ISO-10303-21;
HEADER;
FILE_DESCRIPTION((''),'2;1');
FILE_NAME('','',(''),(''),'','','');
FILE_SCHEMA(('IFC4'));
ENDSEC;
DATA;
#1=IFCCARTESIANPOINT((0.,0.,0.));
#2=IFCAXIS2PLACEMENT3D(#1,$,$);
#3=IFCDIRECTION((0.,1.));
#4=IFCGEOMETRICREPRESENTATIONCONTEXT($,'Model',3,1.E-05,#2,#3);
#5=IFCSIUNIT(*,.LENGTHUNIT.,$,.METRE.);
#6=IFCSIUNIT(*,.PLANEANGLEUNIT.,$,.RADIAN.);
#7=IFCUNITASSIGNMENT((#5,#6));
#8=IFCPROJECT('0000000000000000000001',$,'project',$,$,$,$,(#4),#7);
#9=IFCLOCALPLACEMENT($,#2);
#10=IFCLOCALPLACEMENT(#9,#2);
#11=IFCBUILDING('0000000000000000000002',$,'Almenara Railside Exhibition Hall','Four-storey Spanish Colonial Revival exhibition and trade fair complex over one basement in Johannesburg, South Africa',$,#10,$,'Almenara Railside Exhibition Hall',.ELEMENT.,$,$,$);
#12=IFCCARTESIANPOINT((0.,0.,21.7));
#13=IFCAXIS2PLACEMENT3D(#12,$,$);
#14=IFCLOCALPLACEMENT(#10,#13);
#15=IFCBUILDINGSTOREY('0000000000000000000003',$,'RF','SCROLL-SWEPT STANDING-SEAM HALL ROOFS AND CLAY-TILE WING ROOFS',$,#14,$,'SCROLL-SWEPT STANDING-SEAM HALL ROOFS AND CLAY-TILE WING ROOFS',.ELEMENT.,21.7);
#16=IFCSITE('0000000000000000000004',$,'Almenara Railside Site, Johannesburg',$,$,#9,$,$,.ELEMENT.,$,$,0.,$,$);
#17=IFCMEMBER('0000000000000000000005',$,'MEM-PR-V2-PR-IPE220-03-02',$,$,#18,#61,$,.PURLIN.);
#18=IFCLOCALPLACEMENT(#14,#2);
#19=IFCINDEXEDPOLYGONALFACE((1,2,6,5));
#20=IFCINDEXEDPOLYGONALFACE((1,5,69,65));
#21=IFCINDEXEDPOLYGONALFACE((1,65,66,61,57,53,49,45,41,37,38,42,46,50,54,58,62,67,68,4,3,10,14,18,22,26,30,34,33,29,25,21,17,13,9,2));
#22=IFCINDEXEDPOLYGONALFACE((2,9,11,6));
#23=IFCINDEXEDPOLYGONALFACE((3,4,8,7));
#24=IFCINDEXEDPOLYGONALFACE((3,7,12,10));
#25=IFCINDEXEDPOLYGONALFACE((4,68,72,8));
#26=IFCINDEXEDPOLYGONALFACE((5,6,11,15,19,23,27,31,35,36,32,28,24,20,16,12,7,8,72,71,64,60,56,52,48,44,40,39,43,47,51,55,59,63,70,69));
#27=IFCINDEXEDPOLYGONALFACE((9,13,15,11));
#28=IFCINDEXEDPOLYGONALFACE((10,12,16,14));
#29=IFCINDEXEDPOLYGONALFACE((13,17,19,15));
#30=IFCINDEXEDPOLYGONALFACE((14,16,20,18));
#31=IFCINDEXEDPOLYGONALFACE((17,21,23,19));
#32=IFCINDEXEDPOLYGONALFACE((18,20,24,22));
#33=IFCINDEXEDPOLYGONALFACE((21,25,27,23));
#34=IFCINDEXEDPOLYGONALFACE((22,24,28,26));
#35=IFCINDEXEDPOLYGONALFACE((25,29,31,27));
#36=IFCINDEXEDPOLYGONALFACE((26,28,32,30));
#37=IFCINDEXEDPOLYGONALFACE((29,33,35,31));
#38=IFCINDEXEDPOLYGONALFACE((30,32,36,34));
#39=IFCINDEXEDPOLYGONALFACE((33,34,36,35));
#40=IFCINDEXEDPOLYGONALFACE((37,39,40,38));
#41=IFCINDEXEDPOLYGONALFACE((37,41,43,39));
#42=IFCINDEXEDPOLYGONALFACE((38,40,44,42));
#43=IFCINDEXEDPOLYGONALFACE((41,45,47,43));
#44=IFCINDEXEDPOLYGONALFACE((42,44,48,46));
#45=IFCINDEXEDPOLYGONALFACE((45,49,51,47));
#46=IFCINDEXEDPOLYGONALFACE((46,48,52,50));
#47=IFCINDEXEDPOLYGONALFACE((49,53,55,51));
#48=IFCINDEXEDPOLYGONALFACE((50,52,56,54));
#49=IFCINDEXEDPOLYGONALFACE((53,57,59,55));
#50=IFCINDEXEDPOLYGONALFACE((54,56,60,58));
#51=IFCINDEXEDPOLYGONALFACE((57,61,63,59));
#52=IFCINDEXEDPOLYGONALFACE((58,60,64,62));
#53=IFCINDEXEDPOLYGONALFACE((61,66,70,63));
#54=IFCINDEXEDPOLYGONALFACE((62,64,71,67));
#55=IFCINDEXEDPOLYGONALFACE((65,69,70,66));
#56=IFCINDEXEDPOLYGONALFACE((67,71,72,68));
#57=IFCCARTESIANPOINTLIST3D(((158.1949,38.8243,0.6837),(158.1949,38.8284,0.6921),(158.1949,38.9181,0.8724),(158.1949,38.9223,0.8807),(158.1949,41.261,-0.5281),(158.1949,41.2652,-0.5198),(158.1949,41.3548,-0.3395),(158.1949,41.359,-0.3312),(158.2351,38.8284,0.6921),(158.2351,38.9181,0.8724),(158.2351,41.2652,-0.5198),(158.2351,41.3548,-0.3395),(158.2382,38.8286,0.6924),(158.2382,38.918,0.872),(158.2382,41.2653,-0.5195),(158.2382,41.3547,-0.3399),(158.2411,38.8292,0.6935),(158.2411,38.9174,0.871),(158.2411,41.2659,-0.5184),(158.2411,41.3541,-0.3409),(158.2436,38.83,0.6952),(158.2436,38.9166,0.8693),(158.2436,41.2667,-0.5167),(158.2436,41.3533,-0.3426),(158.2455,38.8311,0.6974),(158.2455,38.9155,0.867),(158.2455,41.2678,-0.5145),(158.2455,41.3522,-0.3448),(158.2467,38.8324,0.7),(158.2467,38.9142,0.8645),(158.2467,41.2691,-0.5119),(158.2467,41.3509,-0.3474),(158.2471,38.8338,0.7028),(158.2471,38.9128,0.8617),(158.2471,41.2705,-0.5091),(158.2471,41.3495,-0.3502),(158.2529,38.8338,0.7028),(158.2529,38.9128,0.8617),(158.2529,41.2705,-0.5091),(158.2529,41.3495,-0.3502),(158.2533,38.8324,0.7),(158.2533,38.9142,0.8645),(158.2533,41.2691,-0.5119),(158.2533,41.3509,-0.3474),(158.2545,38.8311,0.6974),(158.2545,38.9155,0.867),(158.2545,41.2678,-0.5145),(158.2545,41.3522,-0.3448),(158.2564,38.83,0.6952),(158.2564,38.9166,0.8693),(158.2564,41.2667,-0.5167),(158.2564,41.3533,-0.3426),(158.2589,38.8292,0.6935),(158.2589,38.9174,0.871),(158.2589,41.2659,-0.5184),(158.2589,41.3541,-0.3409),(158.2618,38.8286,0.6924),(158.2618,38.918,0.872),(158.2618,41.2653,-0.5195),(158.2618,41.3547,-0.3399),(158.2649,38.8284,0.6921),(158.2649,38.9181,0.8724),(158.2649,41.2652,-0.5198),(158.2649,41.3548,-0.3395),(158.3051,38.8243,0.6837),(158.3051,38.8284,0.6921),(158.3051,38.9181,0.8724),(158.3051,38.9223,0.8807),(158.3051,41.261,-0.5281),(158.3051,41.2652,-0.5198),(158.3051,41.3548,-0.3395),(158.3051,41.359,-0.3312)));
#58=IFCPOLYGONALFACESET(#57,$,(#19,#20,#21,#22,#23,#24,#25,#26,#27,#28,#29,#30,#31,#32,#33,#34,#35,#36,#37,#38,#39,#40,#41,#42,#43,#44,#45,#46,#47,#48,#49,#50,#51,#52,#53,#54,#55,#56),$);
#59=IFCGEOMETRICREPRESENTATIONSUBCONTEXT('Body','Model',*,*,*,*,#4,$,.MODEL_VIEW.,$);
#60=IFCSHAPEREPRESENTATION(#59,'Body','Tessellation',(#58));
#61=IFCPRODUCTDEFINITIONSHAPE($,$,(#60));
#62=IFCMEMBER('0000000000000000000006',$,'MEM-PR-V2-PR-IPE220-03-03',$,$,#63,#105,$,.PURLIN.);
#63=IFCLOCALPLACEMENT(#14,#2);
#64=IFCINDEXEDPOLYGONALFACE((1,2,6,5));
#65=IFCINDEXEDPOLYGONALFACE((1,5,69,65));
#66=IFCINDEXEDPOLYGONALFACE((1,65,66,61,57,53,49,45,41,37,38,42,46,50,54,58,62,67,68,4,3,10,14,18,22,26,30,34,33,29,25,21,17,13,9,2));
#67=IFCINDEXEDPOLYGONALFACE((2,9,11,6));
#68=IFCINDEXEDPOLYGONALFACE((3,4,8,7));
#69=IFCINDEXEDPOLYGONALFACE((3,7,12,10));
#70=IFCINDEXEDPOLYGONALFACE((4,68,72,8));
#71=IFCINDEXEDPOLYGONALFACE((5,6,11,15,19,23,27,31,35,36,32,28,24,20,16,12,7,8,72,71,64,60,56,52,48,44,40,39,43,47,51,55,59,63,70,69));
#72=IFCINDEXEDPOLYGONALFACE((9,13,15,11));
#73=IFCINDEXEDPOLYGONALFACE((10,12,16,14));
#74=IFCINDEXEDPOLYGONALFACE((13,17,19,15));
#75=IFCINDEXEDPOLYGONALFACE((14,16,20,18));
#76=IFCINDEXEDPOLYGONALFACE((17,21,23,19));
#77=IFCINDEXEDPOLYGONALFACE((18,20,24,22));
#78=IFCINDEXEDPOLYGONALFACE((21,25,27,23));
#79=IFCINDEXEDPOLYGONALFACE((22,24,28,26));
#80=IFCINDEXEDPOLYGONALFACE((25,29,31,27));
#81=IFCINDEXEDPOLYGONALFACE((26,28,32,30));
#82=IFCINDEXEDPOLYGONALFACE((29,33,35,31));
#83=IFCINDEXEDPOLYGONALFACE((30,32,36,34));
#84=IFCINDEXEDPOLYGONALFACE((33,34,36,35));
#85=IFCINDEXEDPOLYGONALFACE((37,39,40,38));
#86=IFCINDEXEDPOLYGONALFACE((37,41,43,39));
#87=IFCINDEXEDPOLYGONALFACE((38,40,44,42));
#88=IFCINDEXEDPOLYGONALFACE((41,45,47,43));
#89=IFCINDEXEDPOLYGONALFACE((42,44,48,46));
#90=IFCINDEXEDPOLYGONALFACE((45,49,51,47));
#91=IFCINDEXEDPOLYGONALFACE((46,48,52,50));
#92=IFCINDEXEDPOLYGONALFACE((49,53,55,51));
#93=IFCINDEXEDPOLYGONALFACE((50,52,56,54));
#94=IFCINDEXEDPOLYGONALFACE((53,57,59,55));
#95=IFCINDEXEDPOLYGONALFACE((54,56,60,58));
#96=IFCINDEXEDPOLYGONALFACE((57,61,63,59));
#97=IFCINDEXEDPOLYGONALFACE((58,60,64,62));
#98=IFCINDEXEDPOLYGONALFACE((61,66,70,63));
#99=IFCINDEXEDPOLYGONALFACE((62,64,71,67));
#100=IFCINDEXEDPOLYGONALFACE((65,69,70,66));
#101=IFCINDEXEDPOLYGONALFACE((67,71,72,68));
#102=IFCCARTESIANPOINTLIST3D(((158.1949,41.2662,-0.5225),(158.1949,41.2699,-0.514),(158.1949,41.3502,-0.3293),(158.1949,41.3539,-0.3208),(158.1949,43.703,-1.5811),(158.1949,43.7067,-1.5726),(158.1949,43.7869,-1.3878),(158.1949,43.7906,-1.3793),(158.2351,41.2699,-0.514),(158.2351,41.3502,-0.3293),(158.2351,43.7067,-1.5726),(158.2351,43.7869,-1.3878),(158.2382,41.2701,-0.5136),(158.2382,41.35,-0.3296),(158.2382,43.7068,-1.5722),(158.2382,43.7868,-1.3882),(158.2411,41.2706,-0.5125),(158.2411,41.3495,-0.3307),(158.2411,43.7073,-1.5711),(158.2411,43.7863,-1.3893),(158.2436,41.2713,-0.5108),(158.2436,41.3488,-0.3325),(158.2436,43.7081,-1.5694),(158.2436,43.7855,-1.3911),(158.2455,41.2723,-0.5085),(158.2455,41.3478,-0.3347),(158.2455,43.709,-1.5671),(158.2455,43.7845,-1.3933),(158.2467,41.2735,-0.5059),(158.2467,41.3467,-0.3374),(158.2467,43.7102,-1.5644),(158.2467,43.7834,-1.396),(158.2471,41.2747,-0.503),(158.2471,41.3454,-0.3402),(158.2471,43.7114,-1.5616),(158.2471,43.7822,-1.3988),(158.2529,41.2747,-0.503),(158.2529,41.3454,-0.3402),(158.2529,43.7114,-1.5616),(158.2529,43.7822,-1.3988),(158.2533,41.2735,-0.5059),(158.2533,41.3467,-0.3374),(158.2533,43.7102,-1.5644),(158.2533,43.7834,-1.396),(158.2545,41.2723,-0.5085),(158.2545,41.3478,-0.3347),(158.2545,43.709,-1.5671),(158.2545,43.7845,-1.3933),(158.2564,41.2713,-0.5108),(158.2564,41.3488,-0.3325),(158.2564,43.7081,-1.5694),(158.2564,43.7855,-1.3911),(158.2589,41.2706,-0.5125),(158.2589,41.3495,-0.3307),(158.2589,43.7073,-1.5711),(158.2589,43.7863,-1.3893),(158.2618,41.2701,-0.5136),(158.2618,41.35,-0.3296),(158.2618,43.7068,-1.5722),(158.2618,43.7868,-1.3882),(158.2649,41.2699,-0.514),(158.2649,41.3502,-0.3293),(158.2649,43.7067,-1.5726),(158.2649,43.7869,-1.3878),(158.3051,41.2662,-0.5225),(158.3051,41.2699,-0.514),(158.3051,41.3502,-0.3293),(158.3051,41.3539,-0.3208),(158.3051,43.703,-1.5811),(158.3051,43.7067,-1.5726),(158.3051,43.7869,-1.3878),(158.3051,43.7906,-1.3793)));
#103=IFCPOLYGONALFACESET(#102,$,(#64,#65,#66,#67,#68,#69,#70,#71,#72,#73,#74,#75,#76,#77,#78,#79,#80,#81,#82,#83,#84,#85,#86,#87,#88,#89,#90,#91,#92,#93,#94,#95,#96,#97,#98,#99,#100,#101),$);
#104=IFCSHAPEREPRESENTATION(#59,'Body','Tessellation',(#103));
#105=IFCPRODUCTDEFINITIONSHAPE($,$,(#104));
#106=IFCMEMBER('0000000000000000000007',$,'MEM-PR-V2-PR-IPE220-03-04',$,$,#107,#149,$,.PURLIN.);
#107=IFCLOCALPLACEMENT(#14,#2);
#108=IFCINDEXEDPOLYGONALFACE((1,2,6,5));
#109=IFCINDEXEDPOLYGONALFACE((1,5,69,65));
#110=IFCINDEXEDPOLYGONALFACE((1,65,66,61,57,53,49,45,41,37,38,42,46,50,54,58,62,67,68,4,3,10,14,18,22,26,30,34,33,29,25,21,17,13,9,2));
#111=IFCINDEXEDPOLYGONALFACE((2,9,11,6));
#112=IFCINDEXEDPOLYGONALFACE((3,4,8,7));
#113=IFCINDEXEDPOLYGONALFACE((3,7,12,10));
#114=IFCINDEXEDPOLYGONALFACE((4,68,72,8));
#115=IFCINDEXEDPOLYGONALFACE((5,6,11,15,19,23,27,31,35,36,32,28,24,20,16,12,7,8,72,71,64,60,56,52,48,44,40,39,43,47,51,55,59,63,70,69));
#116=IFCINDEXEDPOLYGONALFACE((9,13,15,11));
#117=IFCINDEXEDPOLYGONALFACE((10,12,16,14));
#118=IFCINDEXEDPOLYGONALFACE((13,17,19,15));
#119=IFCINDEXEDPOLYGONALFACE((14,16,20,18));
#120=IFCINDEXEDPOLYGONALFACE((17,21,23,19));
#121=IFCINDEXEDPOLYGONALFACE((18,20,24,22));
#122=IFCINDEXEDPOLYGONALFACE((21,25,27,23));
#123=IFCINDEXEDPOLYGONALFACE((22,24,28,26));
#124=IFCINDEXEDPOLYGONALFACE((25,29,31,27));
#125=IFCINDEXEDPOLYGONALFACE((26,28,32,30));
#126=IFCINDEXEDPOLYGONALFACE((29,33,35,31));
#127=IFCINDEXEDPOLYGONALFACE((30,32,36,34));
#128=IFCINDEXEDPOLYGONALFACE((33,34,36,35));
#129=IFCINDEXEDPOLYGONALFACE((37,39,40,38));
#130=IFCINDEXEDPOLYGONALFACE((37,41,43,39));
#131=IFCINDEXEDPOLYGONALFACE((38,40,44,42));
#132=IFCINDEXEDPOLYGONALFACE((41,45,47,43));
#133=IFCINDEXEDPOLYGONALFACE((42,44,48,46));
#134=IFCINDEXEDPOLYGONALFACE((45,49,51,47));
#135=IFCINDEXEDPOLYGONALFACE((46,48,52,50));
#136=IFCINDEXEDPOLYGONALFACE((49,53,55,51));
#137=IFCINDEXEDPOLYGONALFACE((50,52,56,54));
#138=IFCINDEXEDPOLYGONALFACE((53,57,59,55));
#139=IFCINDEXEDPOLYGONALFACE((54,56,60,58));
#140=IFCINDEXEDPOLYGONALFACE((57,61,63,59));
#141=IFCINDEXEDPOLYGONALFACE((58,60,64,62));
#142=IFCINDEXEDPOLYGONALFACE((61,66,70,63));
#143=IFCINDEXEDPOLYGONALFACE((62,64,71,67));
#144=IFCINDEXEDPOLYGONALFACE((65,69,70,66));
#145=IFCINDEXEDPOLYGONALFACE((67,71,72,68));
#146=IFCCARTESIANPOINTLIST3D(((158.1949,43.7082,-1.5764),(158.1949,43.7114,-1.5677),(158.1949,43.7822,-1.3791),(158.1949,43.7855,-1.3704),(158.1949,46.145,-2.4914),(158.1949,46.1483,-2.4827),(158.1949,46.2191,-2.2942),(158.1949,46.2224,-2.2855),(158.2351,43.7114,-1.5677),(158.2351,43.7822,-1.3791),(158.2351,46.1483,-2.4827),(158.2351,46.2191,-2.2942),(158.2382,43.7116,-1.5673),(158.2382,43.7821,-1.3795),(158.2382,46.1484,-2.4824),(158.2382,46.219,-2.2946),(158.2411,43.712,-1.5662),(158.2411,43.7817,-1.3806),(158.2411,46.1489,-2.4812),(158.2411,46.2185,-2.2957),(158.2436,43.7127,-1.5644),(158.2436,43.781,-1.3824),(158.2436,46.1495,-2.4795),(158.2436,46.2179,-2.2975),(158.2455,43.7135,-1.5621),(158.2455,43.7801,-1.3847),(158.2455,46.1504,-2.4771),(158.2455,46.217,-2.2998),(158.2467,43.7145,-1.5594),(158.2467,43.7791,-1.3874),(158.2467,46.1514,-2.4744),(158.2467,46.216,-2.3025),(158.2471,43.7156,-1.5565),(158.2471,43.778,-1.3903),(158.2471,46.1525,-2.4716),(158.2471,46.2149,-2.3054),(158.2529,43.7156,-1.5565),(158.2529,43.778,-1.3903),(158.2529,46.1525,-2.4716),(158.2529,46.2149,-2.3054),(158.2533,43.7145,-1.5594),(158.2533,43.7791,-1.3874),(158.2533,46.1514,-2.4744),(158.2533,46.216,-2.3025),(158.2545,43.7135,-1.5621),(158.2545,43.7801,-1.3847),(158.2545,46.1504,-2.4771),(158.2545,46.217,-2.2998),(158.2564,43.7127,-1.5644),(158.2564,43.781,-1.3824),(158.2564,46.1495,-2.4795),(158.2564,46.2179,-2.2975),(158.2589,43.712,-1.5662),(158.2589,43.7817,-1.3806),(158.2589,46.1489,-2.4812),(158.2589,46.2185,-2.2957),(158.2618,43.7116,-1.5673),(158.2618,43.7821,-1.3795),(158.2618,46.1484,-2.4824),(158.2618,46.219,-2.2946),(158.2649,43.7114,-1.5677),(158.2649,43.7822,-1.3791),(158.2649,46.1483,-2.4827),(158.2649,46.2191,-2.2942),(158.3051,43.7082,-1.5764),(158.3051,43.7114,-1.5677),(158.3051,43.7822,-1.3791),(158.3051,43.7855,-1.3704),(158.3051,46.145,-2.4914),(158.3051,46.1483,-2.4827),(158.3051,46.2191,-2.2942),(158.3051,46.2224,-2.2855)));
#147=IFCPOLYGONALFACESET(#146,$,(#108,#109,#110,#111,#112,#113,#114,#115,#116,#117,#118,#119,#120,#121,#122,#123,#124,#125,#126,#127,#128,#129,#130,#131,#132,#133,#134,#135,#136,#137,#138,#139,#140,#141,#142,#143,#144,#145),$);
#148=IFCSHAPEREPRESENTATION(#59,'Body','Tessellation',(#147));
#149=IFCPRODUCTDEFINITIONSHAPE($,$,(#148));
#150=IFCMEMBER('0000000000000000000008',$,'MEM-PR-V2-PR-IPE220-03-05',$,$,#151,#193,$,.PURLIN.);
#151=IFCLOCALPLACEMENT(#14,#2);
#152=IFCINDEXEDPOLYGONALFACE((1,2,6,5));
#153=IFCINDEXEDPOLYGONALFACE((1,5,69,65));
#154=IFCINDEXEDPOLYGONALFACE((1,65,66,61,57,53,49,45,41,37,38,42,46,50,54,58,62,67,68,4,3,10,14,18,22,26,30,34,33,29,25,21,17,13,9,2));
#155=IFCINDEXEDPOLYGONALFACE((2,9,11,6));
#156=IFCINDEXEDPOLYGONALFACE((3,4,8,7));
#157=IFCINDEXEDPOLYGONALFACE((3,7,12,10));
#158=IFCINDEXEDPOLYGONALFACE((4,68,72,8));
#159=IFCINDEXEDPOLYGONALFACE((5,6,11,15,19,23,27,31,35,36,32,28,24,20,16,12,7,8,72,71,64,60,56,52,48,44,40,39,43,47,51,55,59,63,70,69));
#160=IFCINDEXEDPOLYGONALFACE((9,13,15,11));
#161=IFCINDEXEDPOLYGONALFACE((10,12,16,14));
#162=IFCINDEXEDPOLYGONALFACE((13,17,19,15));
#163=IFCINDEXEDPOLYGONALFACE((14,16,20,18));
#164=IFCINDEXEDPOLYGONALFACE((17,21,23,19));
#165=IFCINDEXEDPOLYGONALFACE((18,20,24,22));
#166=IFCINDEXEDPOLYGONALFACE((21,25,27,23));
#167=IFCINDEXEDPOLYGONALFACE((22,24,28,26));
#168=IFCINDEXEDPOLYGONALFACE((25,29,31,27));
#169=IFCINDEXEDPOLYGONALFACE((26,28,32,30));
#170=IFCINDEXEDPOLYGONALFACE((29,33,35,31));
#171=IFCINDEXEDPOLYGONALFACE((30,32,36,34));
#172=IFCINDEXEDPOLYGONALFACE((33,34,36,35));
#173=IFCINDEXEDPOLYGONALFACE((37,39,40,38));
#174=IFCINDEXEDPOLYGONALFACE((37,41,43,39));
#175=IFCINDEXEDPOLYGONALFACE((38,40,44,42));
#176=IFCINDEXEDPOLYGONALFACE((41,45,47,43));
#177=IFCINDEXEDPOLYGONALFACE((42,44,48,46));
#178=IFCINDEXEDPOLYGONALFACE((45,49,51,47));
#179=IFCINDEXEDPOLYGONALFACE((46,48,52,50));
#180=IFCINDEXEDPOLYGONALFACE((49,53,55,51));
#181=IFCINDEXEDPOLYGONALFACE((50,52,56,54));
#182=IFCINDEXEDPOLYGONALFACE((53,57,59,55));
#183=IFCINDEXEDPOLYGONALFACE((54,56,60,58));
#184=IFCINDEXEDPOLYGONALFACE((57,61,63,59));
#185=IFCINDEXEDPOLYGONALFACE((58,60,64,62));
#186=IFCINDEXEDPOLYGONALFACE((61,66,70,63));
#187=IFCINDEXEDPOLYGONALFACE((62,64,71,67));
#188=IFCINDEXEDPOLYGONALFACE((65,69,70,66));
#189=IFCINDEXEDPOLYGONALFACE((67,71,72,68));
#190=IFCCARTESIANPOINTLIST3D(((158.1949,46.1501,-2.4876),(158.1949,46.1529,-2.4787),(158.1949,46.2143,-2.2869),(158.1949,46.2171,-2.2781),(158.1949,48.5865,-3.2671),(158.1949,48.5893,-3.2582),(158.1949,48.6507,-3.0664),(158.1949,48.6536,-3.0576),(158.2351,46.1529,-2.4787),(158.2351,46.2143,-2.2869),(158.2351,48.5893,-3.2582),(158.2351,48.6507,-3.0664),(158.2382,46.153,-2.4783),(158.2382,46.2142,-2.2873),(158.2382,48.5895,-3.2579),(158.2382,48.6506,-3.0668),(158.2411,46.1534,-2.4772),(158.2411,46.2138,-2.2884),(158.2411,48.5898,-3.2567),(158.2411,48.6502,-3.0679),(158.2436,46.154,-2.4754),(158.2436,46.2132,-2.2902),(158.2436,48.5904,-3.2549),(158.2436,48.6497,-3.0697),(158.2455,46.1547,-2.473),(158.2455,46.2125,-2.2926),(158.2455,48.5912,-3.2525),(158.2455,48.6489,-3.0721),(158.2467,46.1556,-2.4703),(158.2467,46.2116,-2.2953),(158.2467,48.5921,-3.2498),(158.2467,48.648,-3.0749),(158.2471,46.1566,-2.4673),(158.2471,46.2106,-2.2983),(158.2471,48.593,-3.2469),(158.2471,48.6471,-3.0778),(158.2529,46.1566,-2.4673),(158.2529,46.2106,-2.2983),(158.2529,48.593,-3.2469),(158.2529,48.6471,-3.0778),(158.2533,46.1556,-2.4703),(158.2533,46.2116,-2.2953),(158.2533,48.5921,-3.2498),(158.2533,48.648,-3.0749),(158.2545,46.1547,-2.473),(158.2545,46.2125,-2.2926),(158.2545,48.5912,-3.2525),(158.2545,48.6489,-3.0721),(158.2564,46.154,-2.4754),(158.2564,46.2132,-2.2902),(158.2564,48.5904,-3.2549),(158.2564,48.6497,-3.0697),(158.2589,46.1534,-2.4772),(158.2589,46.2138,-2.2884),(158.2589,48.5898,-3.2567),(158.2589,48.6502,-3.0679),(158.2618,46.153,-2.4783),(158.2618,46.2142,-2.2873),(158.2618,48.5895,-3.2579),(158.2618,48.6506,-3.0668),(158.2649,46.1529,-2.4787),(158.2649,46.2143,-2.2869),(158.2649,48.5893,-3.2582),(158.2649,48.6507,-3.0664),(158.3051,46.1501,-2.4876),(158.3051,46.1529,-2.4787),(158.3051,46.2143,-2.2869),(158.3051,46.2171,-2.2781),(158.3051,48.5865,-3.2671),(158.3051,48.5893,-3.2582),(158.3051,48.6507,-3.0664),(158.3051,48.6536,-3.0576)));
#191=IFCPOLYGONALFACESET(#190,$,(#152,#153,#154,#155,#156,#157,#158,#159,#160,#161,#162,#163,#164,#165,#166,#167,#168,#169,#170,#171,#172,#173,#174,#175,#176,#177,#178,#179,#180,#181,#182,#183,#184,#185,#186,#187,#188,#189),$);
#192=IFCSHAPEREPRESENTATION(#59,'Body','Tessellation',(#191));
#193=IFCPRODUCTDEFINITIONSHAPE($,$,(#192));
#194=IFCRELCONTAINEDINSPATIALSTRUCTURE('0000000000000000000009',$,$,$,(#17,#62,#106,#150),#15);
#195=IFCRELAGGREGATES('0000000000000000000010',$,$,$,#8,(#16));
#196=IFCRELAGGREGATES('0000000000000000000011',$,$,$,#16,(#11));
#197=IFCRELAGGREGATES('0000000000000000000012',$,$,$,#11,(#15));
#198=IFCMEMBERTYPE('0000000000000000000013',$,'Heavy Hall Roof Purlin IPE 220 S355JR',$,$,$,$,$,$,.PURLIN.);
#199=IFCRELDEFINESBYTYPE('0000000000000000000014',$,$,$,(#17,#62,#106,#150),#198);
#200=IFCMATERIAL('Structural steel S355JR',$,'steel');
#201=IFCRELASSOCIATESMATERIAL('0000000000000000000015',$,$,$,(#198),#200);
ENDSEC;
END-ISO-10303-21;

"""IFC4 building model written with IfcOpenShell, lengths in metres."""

from ifc_helpers import new_model, si_unit, direction, frame, origin, origin_2d, place, context, subcontext, project, spatial, i_section, extrude, material, material_profile, profile_set, type_object, element, save


model = new_model("IFC4")

# Units and contexts
model_context = context("Model", 3, precision=1e-05, world=origin(), true_north=direction((0.0, 1.0)))
body_context = subcontext(model_context, "Body", "Model", "MODEL_VIEW")
ifc_project = project(units=[si_unit("LENGTHUNIT", "METRE"), si_unit("PLANEANGLEUNIT", "RADIAN")], contexts=[model_context])

# Site, building, storey
site_placement = place(None, origin())
site = spatial("IfcSite", under=ifc_project, at=site_placement, Name="Almenara Railside Site, Johannesburg", CompositionType="ELEMENT", RefElevation=0.0)
building_placement = place(site_placement, origin())
building = spatial("IfcBuilding", under=site, at=building_placement, Name="Almenara Railside Exhibition Hall", Description="Four-storey Spanish Colonial Revival exhibition and trade fair complex over one basement in Johannesburg, South Africa", LongName="Almenara Railside Exhibition Hall", CompositionType="ELEMENT")
storey_placement = place(building_placement, frame((0.0, 0.0, 21.7)))
storey = spatial("IfcBuildingStorey", under=building, at=storey_placement, Name="RF", Description="SCROLL-SWEPT STANDING-SEAM HALL ROOFS AND CLAY-TILE WING ROOFS", LongName="SCROLL-SWEPT STANDING-SEAM HALL ROOFS AND CLAY-TILE WING ROOFS", CompositionType="ELEMENT", Elevation=21.7)

# Members
ifc_material_1 = material(Name="Structural steel S355JR", Category="steel")
ifc_material_profile_1 = material_profile(ifc_material_1, i_section(OverallWidth=0.1101, OverallDepth=0.22, WebThickness=0.0059, FlangeThickness=0.0093, FilletRadius=0.012, at=origin_2d()), Name="IPE 220")
ifc_profile_set_1 = profile_set([ifc_material_profile_1], Name="Structural steel S355JR")
member_type_1 = type_object("IfcMemberType", Name="Heavy Hall Roof Purlin IPE 220 S355JR", PredefinedType="PURLIN", material=ifc_profile_set_1)
member_1_placement = place(storey_placement, frame((158.25, 38.8733, 0.7822), z_axis=(0.0, 0.895376, -0.445311), x_axis=(-1.0, 0.0, 0.0)))
element("IfcMember", 1, at=member_1_placement, inside=storey, type_object=member_type_1, Name="MEM-PR-V2-PR-IPE220-03-02", PredefinedType="PURLIN", context=body_context, shape_type="SweptSolid", body=[
    extrude(i_section(OverallWidth=0.1101, OverallDepth=0.22, WebThickness=0.0059, FlangeThickness=0.0093, FilletRadius=0.012, at=origin_2d()), origin(), (0.0, 0.0, 1.0), 2.7214),
])
member_2_placement = place(storey_placement, frame((158.25, 41.3101, -0.4216), z_axis=(0.0, 0.91719, -0.398451), x_axis=(-1.0, 0.0, 0.0)))
element("IfcMember", 2, at=member_2_placement, inside=storey, type_object=member_type_1, Name="MEM-PR-V2-PR-IPE220-03-03", PredefinedType="PURLIN", context=body_context, shape_type="SweptSolid", body=[
    extrude(i_section(OverallWidth=0.1101, OverallDepth=0.22, WebThickness=0.0059, FlangeThickness=0.0093, FilletRadius=0.012, at=origin_2d()), origin(), (0.0, 0.0, 1.0), 2.6567),
])
member_3_placement = place(storey_placement, frame((158.25, 43.7468, -1.4734), z_axis=(0.0, 0.936171, -0.351545), x_axis=(-1.0, 0.0, 0.0)))
element("IfcMember", 3, at=member_3_placement, inside=storey, type_object=member_type_1, Name="MEM-PR-V2-PR-IPE220-03-04", PredefinedType="PURLIN", context=body_context, shape_type="SweptSolid", body=[
    extrude(i_section(OverallWidth=0.1101, OverallDepth=0.22, WebThickness=0.0059, FlangeThickness=0.0093, FilletRadius=0.012, at=origin_2d()), origin(), (0.0, 0.0, 1.0), 2.603),
])
member_4_placement = place(storey_placement, frame((158.25, 46.1836, -2.3828), z_axis=(0.0, 0.952441, -0.304724), x_axis=(-1.0, 0.0, 0.0)))
element("IfcMember", 4, at=member_4_placement, inside=storey, type_object=member_type_1, Name="MEM-PR-V2-PR-IPE220-03-05", PredefinedType="PURLIN", context=body_context, shape_type="SweptSolid", body=[
    extrude(i_section(OverallWidth=0.1101, OverallDepth=0.22, WebThickness=0.0059, FlangeThickness=0.0093, FilletRadius=0.012, at=origin_2d()), origin(), (0.0, 0.0, 1.0), 2.5581),
])

save(model, "model.ifc")
